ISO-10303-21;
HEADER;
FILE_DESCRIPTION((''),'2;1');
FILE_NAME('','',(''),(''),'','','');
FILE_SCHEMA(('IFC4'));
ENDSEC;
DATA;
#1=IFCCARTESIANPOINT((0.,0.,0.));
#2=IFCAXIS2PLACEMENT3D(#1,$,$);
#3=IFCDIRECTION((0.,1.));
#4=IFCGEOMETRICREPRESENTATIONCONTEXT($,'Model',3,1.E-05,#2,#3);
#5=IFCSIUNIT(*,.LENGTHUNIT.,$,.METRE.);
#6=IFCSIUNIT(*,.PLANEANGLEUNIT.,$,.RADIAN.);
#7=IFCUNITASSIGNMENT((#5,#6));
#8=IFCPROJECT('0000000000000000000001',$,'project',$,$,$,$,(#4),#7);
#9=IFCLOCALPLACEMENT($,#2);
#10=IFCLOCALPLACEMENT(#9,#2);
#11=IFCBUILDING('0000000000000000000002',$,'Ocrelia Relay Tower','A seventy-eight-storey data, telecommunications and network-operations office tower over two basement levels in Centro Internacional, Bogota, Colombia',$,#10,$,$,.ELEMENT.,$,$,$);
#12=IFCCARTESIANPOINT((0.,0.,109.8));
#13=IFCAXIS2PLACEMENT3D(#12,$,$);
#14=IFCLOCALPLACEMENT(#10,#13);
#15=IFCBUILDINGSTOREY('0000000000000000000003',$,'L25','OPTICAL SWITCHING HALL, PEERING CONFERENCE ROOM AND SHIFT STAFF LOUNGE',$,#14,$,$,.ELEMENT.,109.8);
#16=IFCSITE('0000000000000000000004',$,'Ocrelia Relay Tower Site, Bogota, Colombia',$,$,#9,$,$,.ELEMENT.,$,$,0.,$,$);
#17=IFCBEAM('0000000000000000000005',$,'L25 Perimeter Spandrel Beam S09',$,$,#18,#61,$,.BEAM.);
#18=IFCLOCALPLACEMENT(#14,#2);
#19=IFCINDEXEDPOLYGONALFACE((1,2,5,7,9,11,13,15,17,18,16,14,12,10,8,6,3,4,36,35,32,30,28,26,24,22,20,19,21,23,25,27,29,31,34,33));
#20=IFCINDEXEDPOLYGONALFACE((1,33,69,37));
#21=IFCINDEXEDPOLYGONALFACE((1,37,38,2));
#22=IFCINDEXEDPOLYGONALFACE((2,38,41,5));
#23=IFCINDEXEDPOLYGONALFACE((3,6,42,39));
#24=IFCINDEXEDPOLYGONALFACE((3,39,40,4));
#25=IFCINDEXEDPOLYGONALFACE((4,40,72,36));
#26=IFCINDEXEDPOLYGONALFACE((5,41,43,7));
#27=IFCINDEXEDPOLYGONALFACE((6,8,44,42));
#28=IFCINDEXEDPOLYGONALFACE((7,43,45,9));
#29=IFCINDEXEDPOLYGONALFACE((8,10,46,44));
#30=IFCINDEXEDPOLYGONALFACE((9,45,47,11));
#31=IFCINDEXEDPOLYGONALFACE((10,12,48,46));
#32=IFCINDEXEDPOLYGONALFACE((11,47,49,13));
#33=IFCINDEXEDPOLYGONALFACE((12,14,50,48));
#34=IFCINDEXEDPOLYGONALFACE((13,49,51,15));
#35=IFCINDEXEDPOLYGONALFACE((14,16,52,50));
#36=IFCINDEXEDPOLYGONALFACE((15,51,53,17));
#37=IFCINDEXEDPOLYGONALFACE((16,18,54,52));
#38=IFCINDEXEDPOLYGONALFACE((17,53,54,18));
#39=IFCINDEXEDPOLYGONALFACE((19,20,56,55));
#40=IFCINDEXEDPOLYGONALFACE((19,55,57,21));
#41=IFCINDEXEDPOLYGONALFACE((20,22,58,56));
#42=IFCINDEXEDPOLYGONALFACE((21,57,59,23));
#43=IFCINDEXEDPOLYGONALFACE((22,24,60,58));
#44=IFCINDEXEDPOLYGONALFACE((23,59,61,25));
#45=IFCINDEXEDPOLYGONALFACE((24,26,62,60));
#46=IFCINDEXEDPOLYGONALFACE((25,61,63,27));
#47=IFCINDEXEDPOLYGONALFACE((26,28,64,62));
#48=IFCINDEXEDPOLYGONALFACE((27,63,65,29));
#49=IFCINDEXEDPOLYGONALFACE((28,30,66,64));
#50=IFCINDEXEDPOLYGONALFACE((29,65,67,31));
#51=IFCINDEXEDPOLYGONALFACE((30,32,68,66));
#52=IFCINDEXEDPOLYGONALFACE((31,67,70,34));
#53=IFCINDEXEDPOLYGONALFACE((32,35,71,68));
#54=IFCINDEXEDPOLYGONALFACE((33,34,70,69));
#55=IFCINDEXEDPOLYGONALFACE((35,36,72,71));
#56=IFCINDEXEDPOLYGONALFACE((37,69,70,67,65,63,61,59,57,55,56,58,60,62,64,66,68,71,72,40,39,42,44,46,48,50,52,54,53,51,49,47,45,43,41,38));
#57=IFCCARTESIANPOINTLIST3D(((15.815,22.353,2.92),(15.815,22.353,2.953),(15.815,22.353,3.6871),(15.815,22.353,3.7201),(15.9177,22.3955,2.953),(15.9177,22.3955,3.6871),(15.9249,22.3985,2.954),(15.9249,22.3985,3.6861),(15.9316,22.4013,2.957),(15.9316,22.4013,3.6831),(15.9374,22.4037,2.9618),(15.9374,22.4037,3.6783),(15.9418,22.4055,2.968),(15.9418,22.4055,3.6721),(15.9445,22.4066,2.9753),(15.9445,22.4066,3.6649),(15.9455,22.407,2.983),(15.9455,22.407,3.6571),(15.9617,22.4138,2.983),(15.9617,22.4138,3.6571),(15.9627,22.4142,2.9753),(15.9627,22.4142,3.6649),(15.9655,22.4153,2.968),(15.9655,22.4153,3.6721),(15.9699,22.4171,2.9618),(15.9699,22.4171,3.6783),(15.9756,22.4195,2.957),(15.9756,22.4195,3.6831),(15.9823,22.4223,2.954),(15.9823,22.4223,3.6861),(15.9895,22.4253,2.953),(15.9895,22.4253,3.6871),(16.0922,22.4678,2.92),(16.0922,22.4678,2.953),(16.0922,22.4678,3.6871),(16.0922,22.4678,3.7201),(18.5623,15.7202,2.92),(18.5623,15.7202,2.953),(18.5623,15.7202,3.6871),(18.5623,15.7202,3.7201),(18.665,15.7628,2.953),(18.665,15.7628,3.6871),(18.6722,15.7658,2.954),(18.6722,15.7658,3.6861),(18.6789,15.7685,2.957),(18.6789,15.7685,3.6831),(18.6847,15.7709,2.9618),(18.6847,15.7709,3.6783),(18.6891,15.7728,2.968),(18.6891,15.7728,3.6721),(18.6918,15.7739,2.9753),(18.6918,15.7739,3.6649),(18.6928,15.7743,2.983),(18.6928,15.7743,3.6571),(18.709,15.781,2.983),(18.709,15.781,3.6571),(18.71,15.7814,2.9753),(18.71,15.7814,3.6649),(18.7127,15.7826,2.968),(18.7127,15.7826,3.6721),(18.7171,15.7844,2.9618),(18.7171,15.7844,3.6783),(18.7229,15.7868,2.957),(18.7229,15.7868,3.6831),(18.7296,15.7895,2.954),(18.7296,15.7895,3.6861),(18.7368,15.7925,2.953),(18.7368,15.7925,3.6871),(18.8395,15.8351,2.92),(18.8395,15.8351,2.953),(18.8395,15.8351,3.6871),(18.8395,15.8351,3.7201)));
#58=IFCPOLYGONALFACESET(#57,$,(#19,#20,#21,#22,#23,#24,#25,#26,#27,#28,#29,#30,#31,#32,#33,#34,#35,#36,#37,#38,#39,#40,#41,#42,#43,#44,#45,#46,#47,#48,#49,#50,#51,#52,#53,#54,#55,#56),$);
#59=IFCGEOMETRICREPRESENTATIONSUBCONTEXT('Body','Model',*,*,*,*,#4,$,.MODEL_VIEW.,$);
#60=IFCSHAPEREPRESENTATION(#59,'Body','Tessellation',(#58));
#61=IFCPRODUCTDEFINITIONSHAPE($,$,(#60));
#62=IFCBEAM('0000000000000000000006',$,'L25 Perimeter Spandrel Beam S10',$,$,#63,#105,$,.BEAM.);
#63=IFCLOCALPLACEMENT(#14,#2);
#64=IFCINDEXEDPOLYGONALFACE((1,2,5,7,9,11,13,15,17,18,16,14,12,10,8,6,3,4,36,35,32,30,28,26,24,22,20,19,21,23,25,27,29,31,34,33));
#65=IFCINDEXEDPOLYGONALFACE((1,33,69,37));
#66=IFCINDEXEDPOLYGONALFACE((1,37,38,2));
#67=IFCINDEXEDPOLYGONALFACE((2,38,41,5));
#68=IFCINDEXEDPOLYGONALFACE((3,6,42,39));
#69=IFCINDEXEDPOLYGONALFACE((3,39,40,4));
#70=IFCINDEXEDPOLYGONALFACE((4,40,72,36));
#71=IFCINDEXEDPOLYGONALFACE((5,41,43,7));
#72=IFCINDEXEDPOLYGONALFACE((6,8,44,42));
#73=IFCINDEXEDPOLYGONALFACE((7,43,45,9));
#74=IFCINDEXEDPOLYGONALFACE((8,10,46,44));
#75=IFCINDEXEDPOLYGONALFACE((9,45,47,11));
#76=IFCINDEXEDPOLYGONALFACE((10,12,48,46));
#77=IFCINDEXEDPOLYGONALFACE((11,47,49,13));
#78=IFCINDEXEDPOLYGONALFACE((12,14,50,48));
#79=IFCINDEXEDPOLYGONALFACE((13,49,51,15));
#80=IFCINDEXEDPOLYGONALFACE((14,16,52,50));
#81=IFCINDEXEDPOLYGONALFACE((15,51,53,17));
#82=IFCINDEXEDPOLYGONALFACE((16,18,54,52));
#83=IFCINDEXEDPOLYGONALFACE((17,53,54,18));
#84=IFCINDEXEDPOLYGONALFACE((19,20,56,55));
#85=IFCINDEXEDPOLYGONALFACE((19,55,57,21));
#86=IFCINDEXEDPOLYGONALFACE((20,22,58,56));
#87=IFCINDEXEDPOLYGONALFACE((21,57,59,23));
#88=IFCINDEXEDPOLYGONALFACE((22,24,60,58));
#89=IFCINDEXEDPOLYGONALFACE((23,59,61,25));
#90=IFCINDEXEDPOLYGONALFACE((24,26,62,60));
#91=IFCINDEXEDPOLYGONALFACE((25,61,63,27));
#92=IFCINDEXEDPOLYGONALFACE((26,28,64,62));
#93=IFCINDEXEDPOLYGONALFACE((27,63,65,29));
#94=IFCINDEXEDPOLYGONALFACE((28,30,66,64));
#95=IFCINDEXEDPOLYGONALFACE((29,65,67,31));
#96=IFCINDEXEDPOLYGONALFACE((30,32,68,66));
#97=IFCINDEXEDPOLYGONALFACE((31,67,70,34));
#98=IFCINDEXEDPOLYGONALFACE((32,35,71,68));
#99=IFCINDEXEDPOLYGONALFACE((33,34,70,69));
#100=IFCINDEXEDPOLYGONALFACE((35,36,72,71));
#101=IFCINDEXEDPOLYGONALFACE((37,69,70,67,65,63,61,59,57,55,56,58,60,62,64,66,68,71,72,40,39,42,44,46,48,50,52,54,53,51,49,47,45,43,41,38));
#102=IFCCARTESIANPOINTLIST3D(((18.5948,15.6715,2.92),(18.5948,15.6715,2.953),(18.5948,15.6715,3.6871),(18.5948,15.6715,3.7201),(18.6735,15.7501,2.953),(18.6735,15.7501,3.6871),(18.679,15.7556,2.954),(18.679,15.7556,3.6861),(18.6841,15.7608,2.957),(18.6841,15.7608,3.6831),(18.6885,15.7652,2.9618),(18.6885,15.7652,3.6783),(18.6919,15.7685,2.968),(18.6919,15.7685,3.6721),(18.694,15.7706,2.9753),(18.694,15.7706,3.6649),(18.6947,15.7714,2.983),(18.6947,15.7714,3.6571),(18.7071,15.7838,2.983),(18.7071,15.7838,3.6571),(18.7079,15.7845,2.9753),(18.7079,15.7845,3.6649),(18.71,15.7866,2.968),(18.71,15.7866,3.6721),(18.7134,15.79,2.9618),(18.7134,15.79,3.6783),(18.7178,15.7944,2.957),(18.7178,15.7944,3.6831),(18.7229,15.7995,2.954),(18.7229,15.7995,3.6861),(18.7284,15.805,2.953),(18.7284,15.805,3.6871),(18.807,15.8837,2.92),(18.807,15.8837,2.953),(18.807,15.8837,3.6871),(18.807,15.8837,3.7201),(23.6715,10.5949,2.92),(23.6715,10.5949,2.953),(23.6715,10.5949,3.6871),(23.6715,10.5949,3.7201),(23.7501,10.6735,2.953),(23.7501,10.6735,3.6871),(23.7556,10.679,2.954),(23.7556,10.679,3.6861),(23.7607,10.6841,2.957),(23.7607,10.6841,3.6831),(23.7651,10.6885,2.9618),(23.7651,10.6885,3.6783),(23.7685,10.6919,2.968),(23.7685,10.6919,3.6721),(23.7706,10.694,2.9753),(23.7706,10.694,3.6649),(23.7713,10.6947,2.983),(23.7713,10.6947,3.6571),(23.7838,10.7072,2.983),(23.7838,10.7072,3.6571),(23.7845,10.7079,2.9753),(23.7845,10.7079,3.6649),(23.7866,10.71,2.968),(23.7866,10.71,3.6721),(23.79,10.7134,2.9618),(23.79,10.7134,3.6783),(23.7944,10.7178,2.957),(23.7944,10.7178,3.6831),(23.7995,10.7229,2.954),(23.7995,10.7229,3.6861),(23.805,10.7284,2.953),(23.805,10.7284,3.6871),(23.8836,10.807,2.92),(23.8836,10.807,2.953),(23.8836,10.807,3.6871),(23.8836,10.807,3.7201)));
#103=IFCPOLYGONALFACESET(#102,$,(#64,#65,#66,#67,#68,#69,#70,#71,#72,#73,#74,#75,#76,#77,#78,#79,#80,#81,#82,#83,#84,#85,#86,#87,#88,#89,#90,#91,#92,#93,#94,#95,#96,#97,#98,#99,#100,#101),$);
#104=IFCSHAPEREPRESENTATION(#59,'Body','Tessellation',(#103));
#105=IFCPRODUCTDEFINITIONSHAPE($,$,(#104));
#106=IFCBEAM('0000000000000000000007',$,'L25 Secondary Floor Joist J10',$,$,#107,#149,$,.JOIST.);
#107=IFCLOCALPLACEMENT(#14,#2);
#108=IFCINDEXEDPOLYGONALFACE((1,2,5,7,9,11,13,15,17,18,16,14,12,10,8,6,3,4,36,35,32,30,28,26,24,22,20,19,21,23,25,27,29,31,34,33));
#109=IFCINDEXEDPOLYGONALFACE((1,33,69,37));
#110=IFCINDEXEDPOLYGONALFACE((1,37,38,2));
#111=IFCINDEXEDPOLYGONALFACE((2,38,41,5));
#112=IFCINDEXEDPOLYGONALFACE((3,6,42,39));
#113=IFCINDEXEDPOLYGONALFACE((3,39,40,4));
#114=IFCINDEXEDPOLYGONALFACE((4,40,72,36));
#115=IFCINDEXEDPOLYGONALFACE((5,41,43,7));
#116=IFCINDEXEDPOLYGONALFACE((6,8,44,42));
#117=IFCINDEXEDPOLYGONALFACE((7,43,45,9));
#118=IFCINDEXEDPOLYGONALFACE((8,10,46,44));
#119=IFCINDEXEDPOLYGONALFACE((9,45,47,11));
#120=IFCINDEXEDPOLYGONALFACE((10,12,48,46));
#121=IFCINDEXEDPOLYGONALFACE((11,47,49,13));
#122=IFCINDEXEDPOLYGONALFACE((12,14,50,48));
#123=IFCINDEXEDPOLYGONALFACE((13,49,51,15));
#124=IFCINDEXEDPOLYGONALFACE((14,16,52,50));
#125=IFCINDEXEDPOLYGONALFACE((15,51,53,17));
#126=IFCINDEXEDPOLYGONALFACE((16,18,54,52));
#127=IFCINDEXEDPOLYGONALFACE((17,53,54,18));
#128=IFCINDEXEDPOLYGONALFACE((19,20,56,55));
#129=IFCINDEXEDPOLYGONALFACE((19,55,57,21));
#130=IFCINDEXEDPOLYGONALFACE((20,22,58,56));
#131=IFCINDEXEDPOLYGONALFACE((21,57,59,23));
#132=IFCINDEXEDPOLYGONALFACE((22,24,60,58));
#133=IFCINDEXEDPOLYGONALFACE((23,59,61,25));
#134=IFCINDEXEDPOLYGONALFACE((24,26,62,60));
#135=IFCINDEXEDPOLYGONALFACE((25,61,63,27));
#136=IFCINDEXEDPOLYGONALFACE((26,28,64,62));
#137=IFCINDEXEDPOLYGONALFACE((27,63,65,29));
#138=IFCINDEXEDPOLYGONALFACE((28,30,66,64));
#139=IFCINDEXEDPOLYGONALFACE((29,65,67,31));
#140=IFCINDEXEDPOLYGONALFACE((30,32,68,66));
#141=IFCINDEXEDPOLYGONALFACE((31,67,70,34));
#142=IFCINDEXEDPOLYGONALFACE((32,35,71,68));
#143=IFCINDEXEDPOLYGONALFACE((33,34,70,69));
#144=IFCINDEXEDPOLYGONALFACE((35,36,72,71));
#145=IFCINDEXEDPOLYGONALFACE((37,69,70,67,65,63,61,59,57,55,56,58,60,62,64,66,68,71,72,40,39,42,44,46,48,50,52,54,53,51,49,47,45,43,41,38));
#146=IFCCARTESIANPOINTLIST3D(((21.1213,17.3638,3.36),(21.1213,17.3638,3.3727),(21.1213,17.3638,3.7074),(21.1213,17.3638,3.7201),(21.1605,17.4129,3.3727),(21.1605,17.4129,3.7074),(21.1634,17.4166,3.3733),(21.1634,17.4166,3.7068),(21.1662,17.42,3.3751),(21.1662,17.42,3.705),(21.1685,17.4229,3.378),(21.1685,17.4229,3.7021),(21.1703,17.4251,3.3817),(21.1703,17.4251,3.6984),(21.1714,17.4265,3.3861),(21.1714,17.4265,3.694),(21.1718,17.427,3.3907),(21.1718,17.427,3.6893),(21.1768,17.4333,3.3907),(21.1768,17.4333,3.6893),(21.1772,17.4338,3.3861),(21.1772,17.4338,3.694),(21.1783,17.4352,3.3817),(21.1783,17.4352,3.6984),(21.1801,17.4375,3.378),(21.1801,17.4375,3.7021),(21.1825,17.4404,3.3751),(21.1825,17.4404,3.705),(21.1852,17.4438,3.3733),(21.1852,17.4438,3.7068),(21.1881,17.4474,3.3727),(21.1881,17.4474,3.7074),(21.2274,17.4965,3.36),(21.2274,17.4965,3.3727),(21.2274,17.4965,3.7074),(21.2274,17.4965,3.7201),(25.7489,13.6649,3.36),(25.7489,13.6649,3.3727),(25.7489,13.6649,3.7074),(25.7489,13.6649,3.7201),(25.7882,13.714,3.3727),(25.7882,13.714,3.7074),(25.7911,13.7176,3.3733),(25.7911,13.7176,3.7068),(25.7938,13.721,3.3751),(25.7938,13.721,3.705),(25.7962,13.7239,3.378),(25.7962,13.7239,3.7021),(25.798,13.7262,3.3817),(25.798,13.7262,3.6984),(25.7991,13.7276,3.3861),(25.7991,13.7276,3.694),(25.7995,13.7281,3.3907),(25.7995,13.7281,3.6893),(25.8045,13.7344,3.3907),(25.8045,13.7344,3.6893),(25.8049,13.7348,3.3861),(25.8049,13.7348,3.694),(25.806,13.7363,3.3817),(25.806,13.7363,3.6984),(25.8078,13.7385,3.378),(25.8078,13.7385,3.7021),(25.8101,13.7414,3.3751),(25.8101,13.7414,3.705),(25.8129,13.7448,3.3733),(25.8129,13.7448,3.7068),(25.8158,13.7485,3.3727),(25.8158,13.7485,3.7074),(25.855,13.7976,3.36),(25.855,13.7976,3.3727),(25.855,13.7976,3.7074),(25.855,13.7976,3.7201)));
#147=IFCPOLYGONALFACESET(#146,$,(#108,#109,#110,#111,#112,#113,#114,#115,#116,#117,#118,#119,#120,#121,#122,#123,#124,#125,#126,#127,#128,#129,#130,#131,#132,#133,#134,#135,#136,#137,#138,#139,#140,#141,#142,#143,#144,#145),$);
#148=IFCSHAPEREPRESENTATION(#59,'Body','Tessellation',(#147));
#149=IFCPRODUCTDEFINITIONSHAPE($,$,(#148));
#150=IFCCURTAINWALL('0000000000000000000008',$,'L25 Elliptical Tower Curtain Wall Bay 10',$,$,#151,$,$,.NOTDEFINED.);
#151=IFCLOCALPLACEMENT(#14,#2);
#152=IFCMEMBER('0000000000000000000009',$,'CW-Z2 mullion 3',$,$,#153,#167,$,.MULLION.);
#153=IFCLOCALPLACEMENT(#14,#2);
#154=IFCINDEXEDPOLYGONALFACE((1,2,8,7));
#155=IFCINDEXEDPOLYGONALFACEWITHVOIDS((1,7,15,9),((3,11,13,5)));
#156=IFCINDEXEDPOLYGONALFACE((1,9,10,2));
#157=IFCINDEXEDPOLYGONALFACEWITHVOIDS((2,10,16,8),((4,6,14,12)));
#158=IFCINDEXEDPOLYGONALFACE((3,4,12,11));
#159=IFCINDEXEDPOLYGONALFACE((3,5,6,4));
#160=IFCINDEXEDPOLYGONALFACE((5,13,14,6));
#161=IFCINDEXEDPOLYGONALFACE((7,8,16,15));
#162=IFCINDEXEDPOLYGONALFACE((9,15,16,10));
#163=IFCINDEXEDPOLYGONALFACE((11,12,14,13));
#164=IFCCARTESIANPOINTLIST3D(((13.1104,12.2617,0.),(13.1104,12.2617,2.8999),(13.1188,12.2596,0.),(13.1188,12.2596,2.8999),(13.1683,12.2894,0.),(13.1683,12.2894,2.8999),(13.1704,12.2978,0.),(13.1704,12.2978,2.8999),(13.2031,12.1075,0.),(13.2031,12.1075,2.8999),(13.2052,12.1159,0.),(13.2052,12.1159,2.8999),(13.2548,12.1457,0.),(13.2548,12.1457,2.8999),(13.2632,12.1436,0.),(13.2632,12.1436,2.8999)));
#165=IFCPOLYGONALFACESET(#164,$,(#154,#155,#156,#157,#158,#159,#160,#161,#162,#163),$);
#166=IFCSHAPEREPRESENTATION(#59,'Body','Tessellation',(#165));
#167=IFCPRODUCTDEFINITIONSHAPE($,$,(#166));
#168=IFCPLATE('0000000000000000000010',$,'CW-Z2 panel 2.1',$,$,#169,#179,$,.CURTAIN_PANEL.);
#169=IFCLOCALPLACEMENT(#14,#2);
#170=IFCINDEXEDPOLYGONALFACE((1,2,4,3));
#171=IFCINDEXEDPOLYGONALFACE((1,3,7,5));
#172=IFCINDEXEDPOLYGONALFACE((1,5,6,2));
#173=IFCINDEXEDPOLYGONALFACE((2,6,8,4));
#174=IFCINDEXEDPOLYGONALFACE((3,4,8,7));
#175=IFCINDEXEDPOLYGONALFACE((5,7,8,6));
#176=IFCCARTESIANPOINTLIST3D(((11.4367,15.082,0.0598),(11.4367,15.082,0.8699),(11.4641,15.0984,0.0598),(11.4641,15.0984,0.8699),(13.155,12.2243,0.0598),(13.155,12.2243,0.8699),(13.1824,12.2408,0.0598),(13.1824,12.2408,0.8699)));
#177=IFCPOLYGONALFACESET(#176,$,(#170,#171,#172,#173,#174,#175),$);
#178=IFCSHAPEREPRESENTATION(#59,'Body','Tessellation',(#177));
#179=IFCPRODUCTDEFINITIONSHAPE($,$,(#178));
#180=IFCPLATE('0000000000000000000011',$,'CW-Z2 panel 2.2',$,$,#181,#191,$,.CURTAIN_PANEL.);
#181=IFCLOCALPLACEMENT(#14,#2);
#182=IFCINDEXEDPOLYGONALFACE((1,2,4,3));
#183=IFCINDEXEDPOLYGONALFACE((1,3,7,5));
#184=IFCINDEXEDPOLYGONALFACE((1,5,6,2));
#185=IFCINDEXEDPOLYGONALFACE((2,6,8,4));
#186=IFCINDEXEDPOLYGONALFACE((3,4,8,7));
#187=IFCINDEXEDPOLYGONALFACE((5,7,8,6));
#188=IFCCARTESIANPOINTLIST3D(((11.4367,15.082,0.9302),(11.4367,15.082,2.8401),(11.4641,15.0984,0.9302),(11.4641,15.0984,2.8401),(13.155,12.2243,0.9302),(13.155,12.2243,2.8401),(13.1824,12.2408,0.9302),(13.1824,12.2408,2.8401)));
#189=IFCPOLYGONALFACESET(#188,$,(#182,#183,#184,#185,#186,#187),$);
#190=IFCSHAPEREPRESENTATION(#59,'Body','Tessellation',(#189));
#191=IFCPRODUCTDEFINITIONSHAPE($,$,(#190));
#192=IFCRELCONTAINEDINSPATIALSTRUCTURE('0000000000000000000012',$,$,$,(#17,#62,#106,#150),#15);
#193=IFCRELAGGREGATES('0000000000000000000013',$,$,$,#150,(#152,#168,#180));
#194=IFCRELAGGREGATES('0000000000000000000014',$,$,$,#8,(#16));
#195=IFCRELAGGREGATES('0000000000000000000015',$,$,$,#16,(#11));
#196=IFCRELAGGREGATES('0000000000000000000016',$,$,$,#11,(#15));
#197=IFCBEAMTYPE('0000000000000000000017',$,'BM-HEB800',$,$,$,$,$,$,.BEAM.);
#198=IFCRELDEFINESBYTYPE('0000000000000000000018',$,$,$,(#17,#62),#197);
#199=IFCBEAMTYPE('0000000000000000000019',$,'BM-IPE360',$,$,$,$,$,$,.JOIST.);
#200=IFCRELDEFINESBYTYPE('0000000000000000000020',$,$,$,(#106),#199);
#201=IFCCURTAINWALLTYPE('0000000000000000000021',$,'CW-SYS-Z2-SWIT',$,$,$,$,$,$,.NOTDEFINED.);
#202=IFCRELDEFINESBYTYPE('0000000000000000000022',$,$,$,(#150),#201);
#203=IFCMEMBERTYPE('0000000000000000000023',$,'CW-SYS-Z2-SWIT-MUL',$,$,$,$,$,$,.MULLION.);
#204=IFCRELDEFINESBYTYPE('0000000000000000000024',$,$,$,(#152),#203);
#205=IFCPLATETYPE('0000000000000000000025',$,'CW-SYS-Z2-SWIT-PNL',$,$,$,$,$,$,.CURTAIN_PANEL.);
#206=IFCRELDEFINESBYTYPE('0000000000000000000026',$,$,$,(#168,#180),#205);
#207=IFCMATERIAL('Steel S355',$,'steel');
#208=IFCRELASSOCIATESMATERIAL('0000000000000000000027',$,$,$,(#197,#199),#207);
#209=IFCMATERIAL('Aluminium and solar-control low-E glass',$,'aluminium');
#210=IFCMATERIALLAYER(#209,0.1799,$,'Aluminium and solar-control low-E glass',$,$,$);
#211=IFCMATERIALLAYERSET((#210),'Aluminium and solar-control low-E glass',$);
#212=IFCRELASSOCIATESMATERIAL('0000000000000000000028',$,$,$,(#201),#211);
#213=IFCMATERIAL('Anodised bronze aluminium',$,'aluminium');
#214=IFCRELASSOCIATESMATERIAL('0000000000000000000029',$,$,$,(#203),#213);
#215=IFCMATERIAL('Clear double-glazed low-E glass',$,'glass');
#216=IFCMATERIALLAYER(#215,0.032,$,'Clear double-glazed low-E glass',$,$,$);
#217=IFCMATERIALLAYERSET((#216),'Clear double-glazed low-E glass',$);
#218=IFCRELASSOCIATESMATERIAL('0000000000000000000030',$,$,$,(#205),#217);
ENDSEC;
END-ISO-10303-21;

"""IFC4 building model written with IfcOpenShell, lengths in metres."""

from ifc_helpers import new_model, si_unit, direction, frame, origin, origin_2d, place, context, subcontext, project, spatial, rectangle, hollow_rectangle, i_section, extrude, material, layer, layer_set, material_profile, profile_set, type_object, element, aggregate, save


model = new_model("IFC4")

# Units and contexts
model_context = context("Model", 3, precision=1e-05, world=origin(), true_north=direction((0.0, 1.0)))
body_context = subcontext(model_context, "Body", "Model", "MODEL_VIEW")
ifc_project = project(units=[si_unit("LENGTHUNIT", "METRE"), si_unit("PLANEANGLEUNIT", "RADIAN")], contexts=[model_context])

# Site, building, storey
site_placement = place(None, origin())
site = spatial("IfcSite", under=ifc_project, at=site_placement, Name="Ocrelia Relay Tower Site, Bogota, Colombia", CompositionType="ELEMENT", RefElevation=0.0)
building_placement = place(site_placement, origin())
building = spatial("IfcBuilding", under=site, at=building_placement, Name="Ocrelia Relay Tower", Description="A seventy-eight-storey data, telecommunications and network-operations office tower over two basement levels in Centro Internacional, Bogota, Colombia", CompositionType="ELEMENT")
storey_placement = place(building_placement, frame((0.0, 0.0, 109.8)))
storey = spatial("IfcBuildingStorey", under=building, at=storey_placement, Name="L25", Description="OPTICAL SWITCHING HALL, PEERING CONFERENCE ROOM AND SHIFT STAFF LOUNGE", CompositionType="ELEMENT", Elevation=109.8)

# Beams
ifc_material_1 = material(Name="Steel S355", Category="steel")
ifc_material_profile_1 = material_profile(ifc_material_1, i_section(OverallWidth=0.3, OverallDepth=0.8, WebThickness=0.0176, FlangeThickness=0.033, FilletRadius=0.03, at=origin_2d()), Name="HEB 800")
ifc_profile_set_1 = profile_set([ifc_material_profile_1], Name="Steel S355")
beam_type_1 = type_object("IfcBeamType", Name="BM-HEB800", PredefinedType="BEAM", material=ifc_profile_set_1)
beam_1_placement = place(storey_placement, frame((15.9536, 22.4104, 3.3201), z_axis=(0.382673, -0.923884, 0.0), x_axis=(0.923884, 0.382673, 0.0)))
element("IfcBeam", 1, at=beam_1_placement, inside=storey, type_object=beam_type_1, Name="L25 Perimeter Spandrel Beam S09", PredefinedType="BEAM", context=body_context, shape_type="SweptSolid", body=[
    extrude(i_section(OverallWidth=0.3, OverallDepth=0.8, WebThickness=0.0176, FlangeThickness=0.033, FilletRadius=0.03, at=origin_2d()), origin(), (0.0, 0.0, 1.0), 7.1792),
])
beam_2_placement = place(storey_placement, frame((18.7009, 15.7776, 3.3201), z_axis=(0.707107, -0.707107, 0.0), x_axis=(0.707107, 0.707107, 0.0)))
element("IfcBeam", 2, at=beam_2_placement, inside=storey, type_object=beam_type_1, Name="L25 Perimeter Spandrel Beam S10", PredefinedType="BEAM", context=body_context, shape_type="SweptSolid", body=[
    extrude(i_section(OverallWidth=0.3, OverallDepth=0.8, WebThickness=0.0176, FlangeThickness=0.033, FilletRadius=0.03, at=origin_2d()), origin(), (0.0, 0.0, 1.0), 7.1794),
])
ifc_material_profile_2 = material_profile(ifc_material_1, i_section(OverallWidth=0.1699, OverallDepth=0.3601, WebThickness=0.0081, FlangeThickness=0.0127, FilletRadius=0.0181, at=origin_2d()), Name="IPE 360")
ifc_profile_set_2 = profile_set([ifc_material_profile_2], Name="Steel S355")
beam_type_2 = type_object("IfcBeamType", Name="BM-IPE360", PredefinedType="JOIST", material=ifc_profile_set_2)
beam_3_placement = place(storey_placement, frame((21.1743, 17.4302, 3.54), z_axis=(0.78113, -0.624368, 0.0), x_axis=(0.624368, 0.78113, 0.0)))
element("IfcBeam", 3, at=beam_3_placement, inside=storey, type_object=beam_type_2, Name="L25 Secondary Floor Joist J10", PredefinedType="JOIST", context=body_context, shape_type="SweptSolid", body=[
    extrude(i_section(OverallWidth=0.1699, OverallDepth=0.3601, WebThickness=0.0081, FlangeThickness=0.0127, FilletRadius=0.0181, at=origin_2d()), origin(), (0.0, 0.0, 1.0), 5.9243),
])

# Curtain wall, member, plates
ifc_material_2 = material(Name="Aluminium and solar-control low-E glass", Category="aluminium")
ifc_layer_1 = layer(ifc_material_2, 0.1799, Name="Aluminium and solar-control low-E glass")
ifc_layer_set_1 = layer_set([ifc_layer_1], Name="Aluminium and solar-control low-E glass")
curtain_wall_type = type_object("IfcCurtainWallType", Name="CW-SYS-Z2-SWIT", PredefinedType="NOTDEFINED", material=ifc_layer_set_1)
curtain_wall_placement = place(storey_placement, origin())
curtain_wall = element("IfcCurtainWall", 4, at=curtain_wall_placement, inside=storey, type_object=curtain_wall_type, Name="L25 Elliptical Tower Curtain Wall Bay 10", PredefinedType="NOTDEFINED")
ifc_material_3 = material(Name="Anodised bronze aluminium", Category="aluminium")
ifc_material_profile_3 = material_profile(ifc_material_3, hollow_rectangle(XDim=0.0701, YDim=0.1799, WallThickness=0.0061, at=origin_2d()), Name="CW-MUL-180x70")
ifc_profile_set_3 = profile_set([ifc_material_profile_3], Name="Anodised bronze aluminium")
member_type = type_object("IfcMemberType", Name="CW-SYS-Z2-SWIT-MUL", PredefinedType="MULLION", material=ifc_profile_set_3)
member_placement = place(storey_placement, frame((13.1868, 12.2026, 0.0), z_axis=(0.0, 0.0, 1.0), x_axis=(0.856997, 0.515321, 0.0)))
member = element("IfcMember", 5, at=member_placement, type_object=member_type, Name="CW-Z2 mullion 3", PredefinedType="MULLION", context=body_context, shape_type="SweptSolid", body=[
    extrude(hollow_rectangle(XDim=0.0701, YDim=0.1799, WallThickness=0.0061, at=origin_2d()), origin(), (0.0, 0.0, 1.0), 2.8999),
])
ifc_material_4 = material(Name="Clear double-glazed low-E glass", Category="glass")
ifc_layer_2 = layer(ifc_material_4, 0.032, Name="Clear double-glazed low-E glass")
ifc_layer_set_2 = layer_set([ifc_layer_2], Name="Clear double-glazed low-E glass")
plate_type = type_object("IfcPlateType", Name="CW-SYS-Z2-SWIT-PNL", PredefinedType="CURTAIN_PANEL", material=ifc_layer_set_2)
plate_1_placement = place(storey_placement, frame((12.3096, 13.6614, 0.0598), z_axis=(0.0, 0.0, 1.0), x_axis=(0.515321, -0.856997, 0.0)))
plate_1 = element("IfcPlate", 6, at=plate_1_placement, type_object=plate_type, Name="CW-Z2 panel 2.1", PredefinedType="CURTAIN_PANEL", context=body_context, shape_type="SweptSolid", body=[
    extrude(rectangle(XDim=3.3345, YDim=0.032, at=origin_2d()), origin(), (0.0, 0.0, 1.0), 0.8101),
])
plate_2_placement = place(storey_placement, frame((12.3096, 13.6614, 0.9302), z_axis=(0.0, 0.0, 1.0), x_axis=(0.515321, -0.856997, 0.0)))
plate_2 = element("IfcPlate", 7, at=plate_2_placement, type_object=plate_type, Name="CW-Z2 panel 2.2", PredefinedType="CURTAIN_PANEL", context=body_context, shape_type="SweptSolid", body=[
    extrude(rectangle(XDim=3.3345, YDim=0.032, at=origin_2d()), origin(), (0.0, 0.0, 1.0), 1.9099),
])
aggregate(curtain_wall, [member, plate_1, plate_2])

save(model, "model.ifc")
